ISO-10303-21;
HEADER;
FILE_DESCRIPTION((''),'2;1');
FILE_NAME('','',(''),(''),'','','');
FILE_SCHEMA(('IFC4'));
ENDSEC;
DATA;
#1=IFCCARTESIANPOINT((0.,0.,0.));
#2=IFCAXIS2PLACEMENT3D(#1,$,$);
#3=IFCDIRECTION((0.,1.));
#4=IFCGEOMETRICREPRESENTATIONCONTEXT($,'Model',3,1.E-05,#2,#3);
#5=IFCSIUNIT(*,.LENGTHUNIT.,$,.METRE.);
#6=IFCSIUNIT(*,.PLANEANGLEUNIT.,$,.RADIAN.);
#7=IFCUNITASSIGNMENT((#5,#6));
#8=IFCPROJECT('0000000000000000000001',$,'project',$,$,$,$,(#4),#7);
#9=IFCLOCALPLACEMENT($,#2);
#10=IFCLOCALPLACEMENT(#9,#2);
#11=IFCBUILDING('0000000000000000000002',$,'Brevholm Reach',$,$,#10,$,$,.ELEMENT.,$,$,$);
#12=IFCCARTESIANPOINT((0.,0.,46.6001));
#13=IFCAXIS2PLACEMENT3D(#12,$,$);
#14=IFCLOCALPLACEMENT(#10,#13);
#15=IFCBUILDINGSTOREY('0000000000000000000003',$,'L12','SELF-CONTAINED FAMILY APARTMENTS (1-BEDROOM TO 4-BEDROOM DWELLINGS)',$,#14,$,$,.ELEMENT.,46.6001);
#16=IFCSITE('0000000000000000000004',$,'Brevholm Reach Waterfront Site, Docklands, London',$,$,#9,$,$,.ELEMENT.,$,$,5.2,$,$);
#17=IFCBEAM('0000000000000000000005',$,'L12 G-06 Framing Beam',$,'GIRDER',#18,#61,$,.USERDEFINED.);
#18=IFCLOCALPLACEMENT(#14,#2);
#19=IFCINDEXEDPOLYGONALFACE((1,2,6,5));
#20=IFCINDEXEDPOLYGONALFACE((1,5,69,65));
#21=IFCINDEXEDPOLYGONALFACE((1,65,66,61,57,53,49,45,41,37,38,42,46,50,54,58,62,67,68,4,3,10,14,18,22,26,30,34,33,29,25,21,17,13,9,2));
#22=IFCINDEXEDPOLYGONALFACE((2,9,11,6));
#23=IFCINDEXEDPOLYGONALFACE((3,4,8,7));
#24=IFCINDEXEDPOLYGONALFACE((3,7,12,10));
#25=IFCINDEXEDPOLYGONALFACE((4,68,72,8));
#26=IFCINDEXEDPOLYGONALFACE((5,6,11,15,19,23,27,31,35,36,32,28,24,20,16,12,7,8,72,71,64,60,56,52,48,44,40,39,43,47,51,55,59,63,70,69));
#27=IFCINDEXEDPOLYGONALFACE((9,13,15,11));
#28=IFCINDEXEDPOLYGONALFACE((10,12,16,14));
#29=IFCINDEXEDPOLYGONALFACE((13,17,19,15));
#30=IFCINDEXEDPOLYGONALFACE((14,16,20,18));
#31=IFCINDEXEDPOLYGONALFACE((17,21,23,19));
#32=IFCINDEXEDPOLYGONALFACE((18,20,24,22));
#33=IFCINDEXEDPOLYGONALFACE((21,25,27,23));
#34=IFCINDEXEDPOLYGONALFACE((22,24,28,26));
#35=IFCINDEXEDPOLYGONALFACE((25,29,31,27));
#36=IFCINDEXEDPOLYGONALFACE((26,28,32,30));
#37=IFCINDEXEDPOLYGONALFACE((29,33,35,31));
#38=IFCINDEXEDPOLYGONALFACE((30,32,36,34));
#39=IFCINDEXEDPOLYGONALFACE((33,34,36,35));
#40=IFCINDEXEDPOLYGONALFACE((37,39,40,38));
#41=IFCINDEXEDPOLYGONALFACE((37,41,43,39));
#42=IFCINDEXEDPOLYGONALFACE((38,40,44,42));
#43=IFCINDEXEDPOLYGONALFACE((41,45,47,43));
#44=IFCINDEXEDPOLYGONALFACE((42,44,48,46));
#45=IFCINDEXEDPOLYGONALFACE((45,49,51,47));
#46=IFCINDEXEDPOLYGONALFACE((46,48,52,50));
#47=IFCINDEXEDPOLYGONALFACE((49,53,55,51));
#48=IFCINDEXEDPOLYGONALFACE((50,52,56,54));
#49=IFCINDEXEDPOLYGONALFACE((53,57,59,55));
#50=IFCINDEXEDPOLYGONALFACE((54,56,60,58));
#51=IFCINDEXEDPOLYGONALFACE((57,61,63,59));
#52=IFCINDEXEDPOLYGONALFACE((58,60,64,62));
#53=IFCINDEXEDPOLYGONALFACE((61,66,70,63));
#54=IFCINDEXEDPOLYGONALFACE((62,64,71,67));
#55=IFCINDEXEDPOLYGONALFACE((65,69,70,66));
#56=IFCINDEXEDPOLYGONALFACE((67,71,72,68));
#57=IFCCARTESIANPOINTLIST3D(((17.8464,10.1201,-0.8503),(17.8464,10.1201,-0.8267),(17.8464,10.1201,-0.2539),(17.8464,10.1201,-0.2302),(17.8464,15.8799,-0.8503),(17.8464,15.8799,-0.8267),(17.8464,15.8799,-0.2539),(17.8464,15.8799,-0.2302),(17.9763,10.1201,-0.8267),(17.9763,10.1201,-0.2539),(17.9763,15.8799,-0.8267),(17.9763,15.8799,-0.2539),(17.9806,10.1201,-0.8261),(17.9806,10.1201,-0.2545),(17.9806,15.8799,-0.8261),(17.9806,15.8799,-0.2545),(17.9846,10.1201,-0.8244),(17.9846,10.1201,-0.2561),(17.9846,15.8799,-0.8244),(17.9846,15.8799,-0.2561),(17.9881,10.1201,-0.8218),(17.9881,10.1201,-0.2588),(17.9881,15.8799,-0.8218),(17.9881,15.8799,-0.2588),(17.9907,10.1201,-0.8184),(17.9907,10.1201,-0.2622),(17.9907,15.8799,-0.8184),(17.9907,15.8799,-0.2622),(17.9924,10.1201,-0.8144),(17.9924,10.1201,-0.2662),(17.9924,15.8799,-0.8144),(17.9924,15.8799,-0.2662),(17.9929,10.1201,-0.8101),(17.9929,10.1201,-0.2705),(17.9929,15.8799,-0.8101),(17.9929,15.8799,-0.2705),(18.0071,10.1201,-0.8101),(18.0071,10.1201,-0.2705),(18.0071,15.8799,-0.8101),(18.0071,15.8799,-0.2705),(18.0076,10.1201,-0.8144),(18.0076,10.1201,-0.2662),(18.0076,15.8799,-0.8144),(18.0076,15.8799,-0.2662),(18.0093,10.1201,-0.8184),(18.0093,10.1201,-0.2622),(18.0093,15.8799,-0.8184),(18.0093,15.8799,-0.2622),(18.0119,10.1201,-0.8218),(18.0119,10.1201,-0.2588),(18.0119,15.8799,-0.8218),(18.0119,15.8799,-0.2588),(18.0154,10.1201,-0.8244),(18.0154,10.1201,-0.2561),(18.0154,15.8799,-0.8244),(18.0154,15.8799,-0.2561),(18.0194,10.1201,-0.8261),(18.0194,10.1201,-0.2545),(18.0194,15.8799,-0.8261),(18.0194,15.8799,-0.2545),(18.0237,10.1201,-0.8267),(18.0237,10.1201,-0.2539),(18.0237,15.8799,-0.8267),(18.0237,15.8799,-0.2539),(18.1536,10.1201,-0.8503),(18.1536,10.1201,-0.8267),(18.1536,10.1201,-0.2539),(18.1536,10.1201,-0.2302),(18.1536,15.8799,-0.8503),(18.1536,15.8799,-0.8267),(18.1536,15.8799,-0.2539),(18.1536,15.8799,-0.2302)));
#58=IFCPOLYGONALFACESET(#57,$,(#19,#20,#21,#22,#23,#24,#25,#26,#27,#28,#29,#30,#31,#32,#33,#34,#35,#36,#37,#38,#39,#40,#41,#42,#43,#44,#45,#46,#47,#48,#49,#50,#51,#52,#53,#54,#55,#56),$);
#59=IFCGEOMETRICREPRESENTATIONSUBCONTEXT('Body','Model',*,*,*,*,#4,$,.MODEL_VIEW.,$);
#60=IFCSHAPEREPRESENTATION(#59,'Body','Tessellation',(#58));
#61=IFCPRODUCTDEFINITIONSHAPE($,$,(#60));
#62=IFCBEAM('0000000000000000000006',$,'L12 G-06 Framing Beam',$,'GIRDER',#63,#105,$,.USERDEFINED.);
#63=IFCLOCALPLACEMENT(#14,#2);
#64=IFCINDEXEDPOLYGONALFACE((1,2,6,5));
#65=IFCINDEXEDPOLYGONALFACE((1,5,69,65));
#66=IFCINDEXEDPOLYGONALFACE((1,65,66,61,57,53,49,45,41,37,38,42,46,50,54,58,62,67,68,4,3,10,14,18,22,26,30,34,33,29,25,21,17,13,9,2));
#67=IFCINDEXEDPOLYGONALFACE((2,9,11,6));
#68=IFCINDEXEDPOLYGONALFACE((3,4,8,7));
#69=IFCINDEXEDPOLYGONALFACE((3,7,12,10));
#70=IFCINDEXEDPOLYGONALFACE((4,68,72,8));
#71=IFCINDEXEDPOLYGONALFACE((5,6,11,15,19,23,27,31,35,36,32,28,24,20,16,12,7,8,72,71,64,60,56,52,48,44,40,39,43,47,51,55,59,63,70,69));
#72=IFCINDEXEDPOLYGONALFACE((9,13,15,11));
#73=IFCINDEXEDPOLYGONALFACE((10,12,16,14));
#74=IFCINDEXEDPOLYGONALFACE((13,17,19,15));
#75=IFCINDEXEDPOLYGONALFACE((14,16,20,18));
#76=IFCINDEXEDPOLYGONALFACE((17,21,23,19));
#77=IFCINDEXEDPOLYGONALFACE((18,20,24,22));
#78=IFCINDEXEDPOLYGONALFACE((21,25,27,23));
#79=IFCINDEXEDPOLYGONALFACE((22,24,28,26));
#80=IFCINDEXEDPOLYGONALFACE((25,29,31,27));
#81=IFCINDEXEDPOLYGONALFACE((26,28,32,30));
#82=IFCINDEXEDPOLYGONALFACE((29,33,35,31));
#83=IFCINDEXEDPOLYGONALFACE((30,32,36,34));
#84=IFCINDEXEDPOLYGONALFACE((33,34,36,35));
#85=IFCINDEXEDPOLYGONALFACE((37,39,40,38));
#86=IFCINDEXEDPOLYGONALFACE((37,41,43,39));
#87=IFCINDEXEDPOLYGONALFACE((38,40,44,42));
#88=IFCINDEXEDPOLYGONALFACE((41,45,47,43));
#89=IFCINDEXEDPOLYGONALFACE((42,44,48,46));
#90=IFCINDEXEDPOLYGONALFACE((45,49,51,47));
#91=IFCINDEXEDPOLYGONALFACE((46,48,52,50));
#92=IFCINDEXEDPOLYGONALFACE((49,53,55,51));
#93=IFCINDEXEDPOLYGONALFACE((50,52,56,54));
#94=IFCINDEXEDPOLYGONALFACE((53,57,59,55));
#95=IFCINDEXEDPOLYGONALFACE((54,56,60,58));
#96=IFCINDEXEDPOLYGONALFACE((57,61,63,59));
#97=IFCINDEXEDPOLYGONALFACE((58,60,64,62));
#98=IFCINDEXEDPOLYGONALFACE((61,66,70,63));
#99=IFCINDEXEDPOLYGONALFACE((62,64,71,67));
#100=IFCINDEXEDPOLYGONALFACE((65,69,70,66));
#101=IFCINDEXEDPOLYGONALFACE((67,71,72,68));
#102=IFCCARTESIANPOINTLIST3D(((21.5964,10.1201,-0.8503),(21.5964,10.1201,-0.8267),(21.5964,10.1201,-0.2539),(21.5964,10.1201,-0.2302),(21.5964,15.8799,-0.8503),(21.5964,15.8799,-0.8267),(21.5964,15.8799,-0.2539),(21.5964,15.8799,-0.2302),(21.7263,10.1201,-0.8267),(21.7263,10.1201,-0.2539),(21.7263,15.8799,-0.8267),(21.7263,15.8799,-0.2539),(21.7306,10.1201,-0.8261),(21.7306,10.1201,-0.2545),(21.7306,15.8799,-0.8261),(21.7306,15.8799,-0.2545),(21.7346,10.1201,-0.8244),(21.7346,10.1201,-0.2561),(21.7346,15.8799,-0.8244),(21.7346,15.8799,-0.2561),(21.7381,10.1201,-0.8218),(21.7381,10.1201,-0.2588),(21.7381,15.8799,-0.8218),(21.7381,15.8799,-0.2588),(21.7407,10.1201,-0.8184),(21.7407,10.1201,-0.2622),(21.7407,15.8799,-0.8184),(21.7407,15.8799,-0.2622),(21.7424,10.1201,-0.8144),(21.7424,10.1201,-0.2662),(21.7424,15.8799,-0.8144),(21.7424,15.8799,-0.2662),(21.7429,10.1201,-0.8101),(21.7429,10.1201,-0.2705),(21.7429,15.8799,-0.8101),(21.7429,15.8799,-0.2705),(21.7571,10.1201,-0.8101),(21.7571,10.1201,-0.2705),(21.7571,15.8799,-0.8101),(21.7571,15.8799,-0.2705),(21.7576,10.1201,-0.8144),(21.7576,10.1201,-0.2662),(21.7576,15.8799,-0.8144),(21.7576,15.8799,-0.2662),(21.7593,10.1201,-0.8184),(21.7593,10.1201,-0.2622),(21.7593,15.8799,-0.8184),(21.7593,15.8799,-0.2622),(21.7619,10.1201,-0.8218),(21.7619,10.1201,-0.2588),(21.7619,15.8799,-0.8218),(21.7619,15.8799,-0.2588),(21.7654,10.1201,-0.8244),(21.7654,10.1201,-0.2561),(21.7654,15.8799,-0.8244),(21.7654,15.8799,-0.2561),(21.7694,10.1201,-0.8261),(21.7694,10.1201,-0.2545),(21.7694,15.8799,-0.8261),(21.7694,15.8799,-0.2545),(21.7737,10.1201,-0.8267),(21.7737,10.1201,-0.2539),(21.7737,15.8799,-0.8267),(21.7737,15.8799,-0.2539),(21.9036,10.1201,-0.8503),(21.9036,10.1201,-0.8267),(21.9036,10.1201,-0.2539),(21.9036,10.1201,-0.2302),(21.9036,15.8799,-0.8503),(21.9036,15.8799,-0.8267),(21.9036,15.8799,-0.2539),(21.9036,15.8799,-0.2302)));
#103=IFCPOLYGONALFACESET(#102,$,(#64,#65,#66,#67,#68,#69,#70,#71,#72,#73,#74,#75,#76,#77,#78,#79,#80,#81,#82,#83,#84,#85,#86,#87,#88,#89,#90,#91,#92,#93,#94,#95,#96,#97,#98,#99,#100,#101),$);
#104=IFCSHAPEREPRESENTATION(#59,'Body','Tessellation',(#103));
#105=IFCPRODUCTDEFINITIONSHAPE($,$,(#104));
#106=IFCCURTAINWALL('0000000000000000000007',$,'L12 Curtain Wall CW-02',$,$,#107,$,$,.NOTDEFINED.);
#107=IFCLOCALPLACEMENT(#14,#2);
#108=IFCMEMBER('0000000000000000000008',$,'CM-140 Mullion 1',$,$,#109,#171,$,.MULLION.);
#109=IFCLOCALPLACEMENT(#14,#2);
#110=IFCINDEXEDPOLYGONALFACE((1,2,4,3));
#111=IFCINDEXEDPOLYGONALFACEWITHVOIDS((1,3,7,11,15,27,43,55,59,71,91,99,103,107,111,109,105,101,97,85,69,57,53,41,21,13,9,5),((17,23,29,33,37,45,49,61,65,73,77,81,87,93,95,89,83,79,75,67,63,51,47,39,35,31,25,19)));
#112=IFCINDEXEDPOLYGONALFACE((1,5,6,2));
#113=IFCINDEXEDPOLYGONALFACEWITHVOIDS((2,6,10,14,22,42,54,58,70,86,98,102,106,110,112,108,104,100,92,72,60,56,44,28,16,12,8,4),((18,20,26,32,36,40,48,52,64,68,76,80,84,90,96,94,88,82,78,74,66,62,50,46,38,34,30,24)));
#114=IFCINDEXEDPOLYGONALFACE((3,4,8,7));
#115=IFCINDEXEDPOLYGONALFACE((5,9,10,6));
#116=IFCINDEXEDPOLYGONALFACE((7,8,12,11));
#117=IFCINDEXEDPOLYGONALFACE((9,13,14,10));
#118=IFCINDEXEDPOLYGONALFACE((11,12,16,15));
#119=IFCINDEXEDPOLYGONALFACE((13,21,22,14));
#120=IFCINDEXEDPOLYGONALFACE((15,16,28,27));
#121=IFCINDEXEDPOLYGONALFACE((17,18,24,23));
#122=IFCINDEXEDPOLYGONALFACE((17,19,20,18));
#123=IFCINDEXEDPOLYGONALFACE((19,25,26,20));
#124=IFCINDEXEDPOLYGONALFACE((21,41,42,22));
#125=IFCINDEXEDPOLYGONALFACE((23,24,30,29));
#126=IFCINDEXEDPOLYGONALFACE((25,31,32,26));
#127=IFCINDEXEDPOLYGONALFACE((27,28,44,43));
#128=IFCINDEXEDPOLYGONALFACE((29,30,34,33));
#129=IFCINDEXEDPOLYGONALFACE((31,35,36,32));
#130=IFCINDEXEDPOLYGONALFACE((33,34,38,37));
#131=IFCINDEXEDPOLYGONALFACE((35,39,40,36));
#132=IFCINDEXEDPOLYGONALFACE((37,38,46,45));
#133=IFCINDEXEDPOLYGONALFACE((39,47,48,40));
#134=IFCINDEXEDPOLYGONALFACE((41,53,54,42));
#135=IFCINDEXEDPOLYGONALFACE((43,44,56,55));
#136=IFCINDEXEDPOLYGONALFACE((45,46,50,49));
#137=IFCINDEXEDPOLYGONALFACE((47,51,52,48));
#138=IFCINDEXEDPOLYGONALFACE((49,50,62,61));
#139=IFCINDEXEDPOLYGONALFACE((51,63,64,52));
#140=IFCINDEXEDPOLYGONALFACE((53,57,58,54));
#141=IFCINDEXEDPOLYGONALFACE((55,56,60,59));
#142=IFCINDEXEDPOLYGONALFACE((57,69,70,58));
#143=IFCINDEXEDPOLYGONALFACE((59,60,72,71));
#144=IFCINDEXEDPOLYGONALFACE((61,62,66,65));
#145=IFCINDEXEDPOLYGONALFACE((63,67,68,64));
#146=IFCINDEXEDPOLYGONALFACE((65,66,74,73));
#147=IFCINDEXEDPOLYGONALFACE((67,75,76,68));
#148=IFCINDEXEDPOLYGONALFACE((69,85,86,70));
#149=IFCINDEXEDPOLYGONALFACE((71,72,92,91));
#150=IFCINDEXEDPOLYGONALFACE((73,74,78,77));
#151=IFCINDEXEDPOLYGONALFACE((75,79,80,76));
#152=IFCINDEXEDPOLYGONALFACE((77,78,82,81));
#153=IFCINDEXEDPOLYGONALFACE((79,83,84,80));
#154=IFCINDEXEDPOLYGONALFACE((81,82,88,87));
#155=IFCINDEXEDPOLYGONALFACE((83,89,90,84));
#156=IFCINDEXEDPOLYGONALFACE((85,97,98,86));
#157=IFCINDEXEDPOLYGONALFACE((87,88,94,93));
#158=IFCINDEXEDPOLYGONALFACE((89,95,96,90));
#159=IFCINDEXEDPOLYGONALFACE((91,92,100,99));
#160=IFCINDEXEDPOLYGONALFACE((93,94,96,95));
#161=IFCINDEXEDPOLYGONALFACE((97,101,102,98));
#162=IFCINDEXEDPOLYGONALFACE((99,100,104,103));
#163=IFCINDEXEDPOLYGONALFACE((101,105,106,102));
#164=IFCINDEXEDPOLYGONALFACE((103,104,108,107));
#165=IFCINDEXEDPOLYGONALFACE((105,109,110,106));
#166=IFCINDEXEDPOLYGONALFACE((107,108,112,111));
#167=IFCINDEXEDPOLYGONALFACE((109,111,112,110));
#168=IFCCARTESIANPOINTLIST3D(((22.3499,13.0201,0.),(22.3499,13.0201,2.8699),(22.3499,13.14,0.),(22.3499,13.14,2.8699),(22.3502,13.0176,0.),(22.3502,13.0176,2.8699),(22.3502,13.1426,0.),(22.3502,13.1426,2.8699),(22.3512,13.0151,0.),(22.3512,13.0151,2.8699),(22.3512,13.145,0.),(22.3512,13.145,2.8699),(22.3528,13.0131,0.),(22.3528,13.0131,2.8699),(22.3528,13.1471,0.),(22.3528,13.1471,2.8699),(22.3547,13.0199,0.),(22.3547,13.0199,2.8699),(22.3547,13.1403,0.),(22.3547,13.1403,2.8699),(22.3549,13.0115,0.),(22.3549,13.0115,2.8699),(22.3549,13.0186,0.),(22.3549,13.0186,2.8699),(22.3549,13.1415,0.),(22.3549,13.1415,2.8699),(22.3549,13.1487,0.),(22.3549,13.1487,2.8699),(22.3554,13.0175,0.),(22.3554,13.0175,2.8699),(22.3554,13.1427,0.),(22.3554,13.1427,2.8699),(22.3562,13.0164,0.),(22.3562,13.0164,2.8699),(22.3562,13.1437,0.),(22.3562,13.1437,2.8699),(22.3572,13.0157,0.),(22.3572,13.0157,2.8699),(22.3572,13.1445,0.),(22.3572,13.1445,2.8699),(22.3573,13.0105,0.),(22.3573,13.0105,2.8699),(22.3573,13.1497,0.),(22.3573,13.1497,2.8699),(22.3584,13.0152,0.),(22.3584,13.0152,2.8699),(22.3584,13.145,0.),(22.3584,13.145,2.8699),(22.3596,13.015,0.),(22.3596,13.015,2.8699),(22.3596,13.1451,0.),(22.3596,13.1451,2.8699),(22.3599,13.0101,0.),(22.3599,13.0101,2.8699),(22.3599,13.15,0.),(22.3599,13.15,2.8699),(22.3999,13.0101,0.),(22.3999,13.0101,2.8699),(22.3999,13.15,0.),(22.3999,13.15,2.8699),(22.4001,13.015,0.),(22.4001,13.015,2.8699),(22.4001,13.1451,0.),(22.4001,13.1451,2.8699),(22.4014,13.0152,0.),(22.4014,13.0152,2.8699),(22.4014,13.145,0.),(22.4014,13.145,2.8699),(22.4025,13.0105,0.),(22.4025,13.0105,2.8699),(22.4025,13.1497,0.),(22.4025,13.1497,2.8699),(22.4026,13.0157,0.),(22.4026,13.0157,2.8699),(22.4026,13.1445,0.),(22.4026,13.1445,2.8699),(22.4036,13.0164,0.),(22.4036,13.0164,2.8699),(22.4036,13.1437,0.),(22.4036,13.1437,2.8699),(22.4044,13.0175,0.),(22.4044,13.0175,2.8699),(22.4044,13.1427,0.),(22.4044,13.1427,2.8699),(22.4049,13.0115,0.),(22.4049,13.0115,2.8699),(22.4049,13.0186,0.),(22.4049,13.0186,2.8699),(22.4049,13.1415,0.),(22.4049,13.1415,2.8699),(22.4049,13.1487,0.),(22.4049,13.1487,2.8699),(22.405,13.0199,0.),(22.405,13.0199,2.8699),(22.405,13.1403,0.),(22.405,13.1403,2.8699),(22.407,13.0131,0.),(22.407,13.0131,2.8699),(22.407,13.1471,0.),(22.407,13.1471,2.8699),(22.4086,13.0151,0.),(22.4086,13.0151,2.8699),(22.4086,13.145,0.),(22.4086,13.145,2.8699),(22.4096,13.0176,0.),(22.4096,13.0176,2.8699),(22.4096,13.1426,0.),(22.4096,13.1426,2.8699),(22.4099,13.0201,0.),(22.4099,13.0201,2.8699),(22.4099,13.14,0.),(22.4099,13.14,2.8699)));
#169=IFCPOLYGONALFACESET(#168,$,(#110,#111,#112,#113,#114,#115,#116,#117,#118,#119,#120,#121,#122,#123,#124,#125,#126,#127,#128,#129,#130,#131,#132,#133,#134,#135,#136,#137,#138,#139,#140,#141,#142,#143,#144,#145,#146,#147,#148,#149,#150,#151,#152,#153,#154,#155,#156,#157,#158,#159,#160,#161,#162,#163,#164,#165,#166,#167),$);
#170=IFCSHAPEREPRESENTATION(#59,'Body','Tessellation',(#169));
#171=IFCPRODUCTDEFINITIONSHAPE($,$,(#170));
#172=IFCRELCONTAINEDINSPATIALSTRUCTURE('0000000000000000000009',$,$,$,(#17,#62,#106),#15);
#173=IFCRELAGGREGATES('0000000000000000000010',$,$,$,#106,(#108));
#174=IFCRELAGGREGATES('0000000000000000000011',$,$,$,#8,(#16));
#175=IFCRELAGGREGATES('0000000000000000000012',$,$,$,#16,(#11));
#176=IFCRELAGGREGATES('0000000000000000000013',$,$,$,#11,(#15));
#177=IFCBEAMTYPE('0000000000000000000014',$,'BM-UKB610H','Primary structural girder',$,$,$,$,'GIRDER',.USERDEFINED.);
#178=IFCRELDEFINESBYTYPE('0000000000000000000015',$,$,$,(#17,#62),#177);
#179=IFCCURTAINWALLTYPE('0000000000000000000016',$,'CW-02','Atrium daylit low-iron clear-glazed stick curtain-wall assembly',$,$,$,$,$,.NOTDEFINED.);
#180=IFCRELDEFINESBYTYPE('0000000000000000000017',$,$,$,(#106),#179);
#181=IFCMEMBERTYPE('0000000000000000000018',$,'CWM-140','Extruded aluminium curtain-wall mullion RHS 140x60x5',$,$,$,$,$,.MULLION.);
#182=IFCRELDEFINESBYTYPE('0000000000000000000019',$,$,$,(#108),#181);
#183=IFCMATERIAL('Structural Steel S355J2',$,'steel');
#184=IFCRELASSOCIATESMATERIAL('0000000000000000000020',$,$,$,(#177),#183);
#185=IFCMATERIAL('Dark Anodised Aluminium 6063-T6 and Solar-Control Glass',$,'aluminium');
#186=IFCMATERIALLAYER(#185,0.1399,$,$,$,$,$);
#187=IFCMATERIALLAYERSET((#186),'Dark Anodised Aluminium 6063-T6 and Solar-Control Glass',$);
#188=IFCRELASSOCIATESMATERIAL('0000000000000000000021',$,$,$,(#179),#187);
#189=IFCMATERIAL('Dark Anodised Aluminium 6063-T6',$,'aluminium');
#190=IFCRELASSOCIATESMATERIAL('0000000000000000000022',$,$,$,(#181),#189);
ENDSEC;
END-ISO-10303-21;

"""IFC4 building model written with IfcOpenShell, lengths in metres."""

from ifc_helpers import new_model, si_unit, direction, frame, origin, origin_2d, place, context, subcontext, project, spatial, hollow_rectangle, i_section, extrude, material, layer, layer_set, material_profile, profile_set, type_object, element, aggregate, save


model = new_model("IFC4")

# Units and contexts
model_context = context("Model", 3, precision=1e-05, world=origin(), true_north=direction((0.0, 1.0)))
body_context = subcontext(model_context, "Body", "Model", "MODEL_VIEW")
ifc_project = project(units=[si_unit("LENGTHUNIT", "METRE"), si_unit("PLANEANGLEUNIT", "RADIAN")], contexts=[model_context])

# Site, building, storey
site_placement = place(None, origin())
site = spatial("IfcSite", under=ifc_project, at=site_placement, Name="Brevholm Reach Waterfront Site, Docklands, London", CompositionType="ELEMENT", RefElevation=5.2)
building_placement = place(site_placement, origin())
building = spatial("IfcBuilding", under=site, at=building_placement, Name="Brevholm Reach", CompositionType="ELEMENT")
storey_placement = place(building_placement, frame((0.0, 0.0, 46.6001)))
storey = spatial("IfcBuildingStorey", under=building, at=storey_placement, Name="L12", Description="SELF-CONTAINED FAMILY APARTMENTS (1-BEDROOM TO 4-BEDROOM DWELLINGS)", CompositionType="ELEMENT", Elevation=46.6001)

# Beams
ifc_material_1 = material(Name="Structural Steel S355J2", Category="steel")
ifc_material_profile_1 = material_profile(ifc_material_1, i_section(OverallWidth=0.3071, OverallDepth=0.6201, WebThickness=0.0142, FlangeThickness=0.0237, FilletRadius=0.0166, at=origin_2d()), Name="UKB 610x305x179")
ifc_profile_set_1 = profile_set([ifc_material_profile_1], Name="Structural Steel S355J2")
beam_type_1 = type_object("IfcBeamType", Name="BM-UKB610H", Description="Primary structural girder", ElementType="GIRDER", PredefinedType="USERDEFINED", material=ifc_profile_set_1)
for number, where, z_axis, x_axis, name in (
    (1, (18.0, 10.1201, -0.5403), (0.0, 1.0, 0.0), (-1.0, 0.0, 0.0), "L12 G-06 Framing Beam"),
    (2, (21.75, 10.1201, -0.5403), (0.0, 1.0, 0.0), (-1.0, 0.0, 0.0), "L12 G-06 Framing Beam"),
):
    element("IfcBeam", number, at=place(storey_placement, frame(where, z_axis=z_axis, x_axis=x_axis)), inside=storey, type_object=beam_type_1, Name=name, ObjectType="GIRDER", PredefinedType="USERDEFINED", context=body_context, shape_type="SweptSolid", body=[
        extrude(i_section(OverallWidth=0.3071, OverallDepth=0.6201, WebThickness=0.0142, FlangeThickness=0.0237, FilletRadius=0.0166, at=origin_2d()), origin(), (0.0, 0.0, 1.0), 5.7598),
    ])

# Curtain wall, member
ifc_material_2 = material(Name="Dark Anodised Aluminium 6063-T6 and Solar-Control Glass", Category="aluminium")
ifc_layer_1 = layer(ifc_material_2, 0.1399)
ifc_layer_set_1 = layer_set([ifc_layer_1], Name="Dark Anodised Aluminium 6063-T6 and Solar-Control Glass")
curtain_wall_type = type_object("IfcCurtainWallType", Name="CW-02", Description="Atrium daylit low-iron clear-glazed stick curtain-wall assembly", PredefinedType="NOTDEFINED", material=ifc_layer_set_1)
curtain_wall_placement = place(storey_placement, origin())
curtain_wall = element("IfcCurtainWall", 3, at=curtain_wall_placement, inside=storey, type_object=curtain_wall_type, Name="L12 Curtain Wall CW-02", PredefinedType="NOTDEFINED")
ifc_material_3 = material(Name="Dark Anodised Aluminium 6063-T6", Category="aluminium")
ifc_material_profile_2 = material_profile(ifc_material_3, hollow_rectangle(XDim=0.0601, YDim=0.1399, WallThickness=0.0049, InnerFilletRadius=0.0049, OuterFilletRadius=0.01, at=origin_2d()), Name="RHS 140x60x5")
ifc_profile_set_2 = profile_set([ifc_material_profile_2], Name="Dark Anodised Aluminium 6063-T6")
member_type_1 = type_object("IfcMemberType", Name="CWM-140", Description="Extruded aluminium curtain-wall mullion RHS 140x60x5", PredefinedType="MULLION", material=ifc_profile_set_2)
member_1_placement = place(storey_placement, frame((22.3799, 13.0801, 0.0), z_axis=(0.0, 0.0, 1.0), x_axis=(1.0, 0.0, 0.0)))
member_1 = element("IfcMember", 4, at=member_1_placement, type_object=member_type_1, Name="CM-140 Mullion 1", PredefinedType="MULLION", context=body_context, shape_type="SweptSolid", body=[
    extrude(hollow_rectangle(XDim=0.0601, YDim=0.1399, WallThickness=0.0049, InnerFilletRadius=0.0049, OuterFilletRadius=0.01, at=origin_2d()), origin(), (0.0, 0.0, 1.0), 2.8699),
])
aggregate(curtain_wall, [member_1])

save(model, "model.ifc")
